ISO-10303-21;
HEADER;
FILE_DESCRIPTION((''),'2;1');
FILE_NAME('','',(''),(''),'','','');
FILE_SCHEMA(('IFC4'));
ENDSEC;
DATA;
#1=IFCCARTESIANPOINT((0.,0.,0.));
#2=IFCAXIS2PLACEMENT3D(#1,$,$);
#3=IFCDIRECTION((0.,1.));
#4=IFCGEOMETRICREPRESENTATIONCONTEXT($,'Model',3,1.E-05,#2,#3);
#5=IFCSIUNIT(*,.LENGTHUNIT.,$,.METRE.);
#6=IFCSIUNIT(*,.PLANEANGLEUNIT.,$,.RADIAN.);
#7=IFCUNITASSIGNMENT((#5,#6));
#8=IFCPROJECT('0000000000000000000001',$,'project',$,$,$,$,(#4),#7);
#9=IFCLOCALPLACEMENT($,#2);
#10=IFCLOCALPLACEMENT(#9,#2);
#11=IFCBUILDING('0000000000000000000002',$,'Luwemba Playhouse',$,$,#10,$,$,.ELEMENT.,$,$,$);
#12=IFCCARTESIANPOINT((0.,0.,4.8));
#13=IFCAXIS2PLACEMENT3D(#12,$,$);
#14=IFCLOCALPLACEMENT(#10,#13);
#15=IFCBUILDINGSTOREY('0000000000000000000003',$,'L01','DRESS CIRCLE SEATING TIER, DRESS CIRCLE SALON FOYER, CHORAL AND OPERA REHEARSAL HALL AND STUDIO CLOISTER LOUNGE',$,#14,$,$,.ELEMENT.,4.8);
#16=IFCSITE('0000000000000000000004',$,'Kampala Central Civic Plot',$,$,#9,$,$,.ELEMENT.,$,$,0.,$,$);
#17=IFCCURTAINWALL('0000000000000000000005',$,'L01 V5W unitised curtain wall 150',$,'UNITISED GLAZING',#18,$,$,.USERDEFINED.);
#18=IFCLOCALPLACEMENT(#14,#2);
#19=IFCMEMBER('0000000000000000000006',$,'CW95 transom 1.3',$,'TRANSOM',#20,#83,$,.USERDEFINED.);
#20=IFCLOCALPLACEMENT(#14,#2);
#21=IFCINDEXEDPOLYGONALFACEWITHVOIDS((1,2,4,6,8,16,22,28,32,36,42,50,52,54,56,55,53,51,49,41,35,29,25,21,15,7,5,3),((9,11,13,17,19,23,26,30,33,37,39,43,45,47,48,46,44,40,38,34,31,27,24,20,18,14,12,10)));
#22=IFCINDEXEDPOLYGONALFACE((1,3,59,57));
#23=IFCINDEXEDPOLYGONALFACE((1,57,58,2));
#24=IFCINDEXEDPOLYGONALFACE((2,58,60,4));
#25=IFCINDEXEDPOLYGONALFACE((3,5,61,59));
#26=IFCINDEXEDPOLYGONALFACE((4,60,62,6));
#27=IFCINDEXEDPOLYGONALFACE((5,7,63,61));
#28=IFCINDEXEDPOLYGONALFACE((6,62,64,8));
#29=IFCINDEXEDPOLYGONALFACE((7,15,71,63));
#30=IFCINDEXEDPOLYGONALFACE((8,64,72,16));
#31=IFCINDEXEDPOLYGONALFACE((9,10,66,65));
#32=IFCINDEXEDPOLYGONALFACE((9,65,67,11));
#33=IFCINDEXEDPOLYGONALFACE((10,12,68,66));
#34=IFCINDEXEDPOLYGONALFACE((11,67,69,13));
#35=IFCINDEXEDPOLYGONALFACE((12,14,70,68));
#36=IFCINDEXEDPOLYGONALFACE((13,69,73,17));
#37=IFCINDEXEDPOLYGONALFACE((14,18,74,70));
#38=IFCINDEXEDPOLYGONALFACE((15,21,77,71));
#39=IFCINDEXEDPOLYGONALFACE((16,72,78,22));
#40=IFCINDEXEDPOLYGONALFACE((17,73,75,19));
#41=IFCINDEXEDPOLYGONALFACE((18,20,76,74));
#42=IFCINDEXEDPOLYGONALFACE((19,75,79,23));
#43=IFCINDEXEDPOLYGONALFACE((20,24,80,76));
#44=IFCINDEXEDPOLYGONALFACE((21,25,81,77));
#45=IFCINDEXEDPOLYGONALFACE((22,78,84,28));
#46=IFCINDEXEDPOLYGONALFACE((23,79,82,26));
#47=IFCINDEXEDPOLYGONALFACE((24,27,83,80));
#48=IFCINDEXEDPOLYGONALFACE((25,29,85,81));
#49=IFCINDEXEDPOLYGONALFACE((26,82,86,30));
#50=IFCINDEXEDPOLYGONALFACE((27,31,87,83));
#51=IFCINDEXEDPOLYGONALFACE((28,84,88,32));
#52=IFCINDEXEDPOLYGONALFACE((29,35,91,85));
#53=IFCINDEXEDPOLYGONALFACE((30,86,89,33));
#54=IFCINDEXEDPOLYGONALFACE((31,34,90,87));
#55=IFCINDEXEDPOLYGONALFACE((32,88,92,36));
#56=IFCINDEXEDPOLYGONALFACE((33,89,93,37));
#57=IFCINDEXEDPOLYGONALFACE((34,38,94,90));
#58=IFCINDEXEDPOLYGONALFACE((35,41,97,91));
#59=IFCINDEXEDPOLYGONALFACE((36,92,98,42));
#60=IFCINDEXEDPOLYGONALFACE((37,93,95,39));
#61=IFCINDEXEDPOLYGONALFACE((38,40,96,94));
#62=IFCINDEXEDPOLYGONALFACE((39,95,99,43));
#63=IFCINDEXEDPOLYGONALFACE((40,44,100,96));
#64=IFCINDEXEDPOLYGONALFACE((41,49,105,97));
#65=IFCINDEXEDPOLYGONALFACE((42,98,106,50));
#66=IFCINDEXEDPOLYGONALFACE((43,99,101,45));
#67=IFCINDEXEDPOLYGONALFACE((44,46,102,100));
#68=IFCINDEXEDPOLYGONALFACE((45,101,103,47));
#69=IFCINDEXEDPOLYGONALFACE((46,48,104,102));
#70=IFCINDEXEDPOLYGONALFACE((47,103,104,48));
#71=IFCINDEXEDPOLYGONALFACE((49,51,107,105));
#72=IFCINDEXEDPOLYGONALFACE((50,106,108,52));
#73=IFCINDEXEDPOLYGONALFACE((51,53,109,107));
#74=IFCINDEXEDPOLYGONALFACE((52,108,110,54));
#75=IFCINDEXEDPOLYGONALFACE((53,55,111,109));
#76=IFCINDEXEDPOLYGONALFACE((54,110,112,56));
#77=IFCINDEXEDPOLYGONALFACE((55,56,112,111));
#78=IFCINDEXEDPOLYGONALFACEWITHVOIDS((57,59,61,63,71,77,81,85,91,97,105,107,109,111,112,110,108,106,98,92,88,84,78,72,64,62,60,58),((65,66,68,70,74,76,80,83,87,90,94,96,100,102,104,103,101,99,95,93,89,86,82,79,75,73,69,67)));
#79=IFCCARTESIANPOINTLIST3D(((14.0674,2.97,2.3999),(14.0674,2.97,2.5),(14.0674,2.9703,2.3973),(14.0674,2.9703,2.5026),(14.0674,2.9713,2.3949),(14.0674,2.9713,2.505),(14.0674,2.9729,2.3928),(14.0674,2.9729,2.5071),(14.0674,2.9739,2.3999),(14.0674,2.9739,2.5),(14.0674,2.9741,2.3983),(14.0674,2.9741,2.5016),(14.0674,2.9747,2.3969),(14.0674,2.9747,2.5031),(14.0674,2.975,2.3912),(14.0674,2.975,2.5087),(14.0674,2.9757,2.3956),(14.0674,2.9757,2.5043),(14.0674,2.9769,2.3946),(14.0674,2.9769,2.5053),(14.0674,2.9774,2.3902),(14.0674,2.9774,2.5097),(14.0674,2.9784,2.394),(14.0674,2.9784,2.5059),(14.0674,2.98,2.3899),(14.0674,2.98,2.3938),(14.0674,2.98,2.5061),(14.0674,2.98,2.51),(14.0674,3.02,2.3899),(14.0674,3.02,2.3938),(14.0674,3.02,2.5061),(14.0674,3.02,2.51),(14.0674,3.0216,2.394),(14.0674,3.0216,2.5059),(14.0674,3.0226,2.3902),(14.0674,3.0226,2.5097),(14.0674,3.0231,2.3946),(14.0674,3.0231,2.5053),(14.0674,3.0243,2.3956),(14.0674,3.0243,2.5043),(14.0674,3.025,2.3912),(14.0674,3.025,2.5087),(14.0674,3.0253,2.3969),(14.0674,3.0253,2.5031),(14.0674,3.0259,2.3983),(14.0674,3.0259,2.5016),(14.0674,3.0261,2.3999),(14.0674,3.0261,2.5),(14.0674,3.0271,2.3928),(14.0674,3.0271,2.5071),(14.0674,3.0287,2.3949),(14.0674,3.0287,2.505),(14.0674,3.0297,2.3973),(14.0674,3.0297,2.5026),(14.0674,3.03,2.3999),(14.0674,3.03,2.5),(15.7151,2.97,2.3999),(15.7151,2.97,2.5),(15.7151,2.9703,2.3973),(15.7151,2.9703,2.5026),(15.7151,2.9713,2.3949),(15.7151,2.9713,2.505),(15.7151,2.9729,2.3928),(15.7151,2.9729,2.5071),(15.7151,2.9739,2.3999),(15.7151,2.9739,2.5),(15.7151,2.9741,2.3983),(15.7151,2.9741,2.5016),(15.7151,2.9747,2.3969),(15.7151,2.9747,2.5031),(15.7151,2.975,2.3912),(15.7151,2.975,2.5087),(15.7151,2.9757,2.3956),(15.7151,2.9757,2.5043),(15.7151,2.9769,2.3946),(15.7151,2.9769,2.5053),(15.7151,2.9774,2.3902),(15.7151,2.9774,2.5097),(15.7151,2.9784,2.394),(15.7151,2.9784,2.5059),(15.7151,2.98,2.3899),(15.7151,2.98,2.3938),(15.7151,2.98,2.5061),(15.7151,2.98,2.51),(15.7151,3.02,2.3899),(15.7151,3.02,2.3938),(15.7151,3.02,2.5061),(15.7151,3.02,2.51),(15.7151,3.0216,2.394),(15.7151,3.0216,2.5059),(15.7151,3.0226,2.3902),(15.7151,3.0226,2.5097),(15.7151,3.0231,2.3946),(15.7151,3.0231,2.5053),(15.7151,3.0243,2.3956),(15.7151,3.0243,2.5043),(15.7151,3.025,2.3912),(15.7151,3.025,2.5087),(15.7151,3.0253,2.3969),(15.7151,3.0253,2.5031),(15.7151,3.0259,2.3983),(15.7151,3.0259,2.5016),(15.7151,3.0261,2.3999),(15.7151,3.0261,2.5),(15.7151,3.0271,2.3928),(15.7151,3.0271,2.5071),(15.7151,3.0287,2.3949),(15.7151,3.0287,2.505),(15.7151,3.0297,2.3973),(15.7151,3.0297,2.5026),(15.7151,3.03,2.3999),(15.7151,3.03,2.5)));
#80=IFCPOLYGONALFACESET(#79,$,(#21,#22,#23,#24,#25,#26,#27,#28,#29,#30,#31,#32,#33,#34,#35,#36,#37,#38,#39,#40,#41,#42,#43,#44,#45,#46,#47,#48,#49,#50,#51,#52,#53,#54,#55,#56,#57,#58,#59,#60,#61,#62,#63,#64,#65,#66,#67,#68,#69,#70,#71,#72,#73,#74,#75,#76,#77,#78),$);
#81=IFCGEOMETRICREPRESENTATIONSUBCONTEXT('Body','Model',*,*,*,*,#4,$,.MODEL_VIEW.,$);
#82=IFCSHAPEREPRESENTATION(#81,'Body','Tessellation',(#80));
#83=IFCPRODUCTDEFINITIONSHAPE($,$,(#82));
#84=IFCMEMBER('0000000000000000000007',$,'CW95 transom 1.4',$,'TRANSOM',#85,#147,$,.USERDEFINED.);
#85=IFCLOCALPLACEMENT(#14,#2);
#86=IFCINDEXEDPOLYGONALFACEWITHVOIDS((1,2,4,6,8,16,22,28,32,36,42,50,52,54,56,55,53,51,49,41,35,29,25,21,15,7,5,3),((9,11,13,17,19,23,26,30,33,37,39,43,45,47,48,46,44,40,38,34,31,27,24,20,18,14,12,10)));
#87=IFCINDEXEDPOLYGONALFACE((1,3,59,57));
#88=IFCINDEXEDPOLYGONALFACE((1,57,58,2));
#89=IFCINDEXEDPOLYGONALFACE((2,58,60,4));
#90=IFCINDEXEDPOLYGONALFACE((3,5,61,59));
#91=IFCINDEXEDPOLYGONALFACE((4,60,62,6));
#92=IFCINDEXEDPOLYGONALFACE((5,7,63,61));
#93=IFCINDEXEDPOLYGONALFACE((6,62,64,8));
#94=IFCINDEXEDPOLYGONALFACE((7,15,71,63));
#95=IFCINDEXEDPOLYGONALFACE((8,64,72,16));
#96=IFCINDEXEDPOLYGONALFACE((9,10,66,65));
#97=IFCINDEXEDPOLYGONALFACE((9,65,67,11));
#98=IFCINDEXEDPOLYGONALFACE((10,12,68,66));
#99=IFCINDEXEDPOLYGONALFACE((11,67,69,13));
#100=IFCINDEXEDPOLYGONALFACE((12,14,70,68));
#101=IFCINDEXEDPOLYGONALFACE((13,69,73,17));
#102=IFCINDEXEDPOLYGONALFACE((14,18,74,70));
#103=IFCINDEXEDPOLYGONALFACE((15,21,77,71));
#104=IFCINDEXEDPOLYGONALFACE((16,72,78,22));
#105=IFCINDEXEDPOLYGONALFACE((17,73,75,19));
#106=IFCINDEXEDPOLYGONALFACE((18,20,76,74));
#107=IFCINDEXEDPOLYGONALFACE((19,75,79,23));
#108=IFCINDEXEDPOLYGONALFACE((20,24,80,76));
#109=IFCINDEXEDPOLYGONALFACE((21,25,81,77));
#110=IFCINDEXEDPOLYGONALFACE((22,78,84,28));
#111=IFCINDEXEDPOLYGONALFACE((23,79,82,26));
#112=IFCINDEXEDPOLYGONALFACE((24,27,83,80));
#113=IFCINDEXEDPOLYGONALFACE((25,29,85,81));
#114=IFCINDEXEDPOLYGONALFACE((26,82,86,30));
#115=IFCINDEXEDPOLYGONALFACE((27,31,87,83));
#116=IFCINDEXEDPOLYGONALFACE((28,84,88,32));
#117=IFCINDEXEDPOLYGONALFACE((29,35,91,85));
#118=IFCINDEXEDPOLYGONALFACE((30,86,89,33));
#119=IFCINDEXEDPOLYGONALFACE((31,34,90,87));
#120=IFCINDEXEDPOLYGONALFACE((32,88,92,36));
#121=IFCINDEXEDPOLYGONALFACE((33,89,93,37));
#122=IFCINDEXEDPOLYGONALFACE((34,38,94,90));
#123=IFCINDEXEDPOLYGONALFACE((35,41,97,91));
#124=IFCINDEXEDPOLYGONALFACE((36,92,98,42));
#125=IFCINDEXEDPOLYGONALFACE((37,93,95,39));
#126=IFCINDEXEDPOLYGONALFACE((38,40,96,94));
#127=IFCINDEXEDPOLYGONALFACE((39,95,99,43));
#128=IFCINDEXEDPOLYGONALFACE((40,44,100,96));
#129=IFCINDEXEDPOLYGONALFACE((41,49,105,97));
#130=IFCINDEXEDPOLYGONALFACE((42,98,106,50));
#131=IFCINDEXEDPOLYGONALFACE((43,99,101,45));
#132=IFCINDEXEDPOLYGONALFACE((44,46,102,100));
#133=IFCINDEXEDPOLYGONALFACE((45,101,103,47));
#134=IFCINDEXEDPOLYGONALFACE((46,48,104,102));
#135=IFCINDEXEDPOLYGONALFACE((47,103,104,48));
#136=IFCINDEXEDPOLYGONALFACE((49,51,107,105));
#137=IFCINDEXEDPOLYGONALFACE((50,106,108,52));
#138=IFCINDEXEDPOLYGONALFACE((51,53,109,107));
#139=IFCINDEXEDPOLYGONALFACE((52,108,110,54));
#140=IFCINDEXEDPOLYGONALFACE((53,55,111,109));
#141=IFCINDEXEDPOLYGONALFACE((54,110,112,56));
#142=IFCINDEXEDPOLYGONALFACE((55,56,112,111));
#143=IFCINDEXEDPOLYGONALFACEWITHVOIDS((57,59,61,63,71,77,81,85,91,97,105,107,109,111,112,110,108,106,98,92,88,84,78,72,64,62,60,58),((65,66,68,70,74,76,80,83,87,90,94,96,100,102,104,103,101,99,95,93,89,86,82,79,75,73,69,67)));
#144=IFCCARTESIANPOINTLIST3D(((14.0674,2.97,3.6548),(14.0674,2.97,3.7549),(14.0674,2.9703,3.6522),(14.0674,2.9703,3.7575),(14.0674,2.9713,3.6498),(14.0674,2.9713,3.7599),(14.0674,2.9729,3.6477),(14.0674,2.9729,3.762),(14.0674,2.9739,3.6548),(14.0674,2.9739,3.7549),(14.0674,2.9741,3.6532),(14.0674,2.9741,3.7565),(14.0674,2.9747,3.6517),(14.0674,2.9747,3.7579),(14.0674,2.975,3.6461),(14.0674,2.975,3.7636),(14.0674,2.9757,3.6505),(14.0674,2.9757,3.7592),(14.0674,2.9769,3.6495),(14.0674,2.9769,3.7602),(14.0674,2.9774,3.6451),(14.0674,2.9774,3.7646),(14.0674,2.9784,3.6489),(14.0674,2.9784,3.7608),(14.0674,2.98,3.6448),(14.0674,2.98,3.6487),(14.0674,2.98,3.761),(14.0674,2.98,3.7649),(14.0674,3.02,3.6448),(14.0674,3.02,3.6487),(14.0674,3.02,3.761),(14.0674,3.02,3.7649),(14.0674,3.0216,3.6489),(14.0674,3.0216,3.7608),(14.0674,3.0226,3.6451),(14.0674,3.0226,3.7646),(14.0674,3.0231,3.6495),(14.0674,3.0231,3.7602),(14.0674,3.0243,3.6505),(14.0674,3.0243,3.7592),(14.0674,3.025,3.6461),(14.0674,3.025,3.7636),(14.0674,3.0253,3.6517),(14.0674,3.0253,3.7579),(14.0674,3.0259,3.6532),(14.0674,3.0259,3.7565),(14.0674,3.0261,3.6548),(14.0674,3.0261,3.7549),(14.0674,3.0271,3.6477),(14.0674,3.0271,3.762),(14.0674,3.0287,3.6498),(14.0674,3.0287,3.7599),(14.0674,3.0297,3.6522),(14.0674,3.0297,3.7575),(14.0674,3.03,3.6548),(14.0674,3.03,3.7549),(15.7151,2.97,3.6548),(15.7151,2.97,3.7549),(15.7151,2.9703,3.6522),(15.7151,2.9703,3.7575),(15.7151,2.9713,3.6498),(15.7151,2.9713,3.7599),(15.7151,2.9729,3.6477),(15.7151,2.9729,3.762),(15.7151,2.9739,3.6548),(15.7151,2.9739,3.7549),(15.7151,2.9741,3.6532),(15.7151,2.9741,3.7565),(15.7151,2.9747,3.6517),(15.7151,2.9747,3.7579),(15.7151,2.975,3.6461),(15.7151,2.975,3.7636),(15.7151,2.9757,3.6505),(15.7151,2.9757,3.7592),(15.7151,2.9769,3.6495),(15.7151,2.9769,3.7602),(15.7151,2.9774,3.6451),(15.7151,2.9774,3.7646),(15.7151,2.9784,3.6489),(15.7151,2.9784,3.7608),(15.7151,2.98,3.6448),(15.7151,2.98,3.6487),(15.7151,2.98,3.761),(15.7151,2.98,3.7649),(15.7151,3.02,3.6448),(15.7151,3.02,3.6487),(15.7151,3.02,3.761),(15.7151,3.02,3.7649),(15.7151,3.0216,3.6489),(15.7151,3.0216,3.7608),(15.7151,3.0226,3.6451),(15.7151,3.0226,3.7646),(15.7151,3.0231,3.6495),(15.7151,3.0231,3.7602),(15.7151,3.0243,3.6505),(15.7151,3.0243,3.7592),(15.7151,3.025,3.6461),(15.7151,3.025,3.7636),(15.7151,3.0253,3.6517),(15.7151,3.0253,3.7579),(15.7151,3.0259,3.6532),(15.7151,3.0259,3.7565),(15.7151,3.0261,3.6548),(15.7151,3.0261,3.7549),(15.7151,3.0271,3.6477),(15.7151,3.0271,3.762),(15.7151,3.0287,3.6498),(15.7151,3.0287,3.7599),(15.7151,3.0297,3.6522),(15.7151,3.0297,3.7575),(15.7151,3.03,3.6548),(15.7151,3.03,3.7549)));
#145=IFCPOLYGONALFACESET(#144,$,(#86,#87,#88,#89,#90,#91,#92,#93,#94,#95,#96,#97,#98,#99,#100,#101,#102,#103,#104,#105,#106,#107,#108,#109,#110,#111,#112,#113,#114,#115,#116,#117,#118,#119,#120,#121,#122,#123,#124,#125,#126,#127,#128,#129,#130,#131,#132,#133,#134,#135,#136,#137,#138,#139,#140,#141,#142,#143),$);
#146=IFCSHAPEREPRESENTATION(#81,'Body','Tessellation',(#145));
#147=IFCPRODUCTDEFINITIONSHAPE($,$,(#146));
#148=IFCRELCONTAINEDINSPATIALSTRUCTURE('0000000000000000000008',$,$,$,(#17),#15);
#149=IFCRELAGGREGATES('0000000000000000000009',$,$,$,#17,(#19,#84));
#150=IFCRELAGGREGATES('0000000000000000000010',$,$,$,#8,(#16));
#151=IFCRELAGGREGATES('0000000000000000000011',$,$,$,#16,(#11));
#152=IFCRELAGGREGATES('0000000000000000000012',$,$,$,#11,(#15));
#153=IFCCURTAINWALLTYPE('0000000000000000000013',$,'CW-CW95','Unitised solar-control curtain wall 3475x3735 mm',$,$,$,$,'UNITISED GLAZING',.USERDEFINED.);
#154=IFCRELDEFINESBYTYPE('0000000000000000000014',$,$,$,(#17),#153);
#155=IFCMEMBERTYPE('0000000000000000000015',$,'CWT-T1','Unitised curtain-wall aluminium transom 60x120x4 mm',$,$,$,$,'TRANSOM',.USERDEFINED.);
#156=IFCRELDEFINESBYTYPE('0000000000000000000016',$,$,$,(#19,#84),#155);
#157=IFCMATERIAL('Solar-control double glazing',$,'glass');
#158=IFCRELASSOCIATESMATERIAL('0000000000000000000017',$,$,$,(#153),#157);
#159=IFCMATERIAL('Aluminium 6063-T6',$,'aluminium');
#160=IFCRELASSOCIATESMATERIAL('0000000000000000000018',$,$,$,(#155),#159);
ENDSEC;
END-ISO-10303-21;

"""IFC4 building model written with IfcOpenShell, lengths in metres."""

from ifc_helpers import new_model, si_unit, direction, frame, origin, origin_2d, place, context, subcontext, project, spatial, hollow_rectangle, extrude, material, material_profile, profile_set, type_object, element, aggregate, save


model = new_model("IFC4")

# Units and contexts
model_context = context("Model", 3, precision=1e-05, world=origin(), true_north=direction((0.0, 1.0)))
body_context = subcontext(model_context, "Body", "Model", "MODEL_VIEW")
ifc_project = project(units=[si_unit("LENGTHUNIT", "METRE"), si_unit("PLANEANGLEUNIT", "RADIAN")], contexts=[model_context])

# Site, building, storey
site_placement = place(None, origin())
site = spatial("IfcSite", under=ifc_project, at=site_placement, Name="Kampala Central Civic Plot", CompositionType="ELEMENT", RefElevation=0.0)
building_placement = place(site_placement, origin())
building = spatial("IfcBuilding", under=site, at=building_placement, Name="Luwemba Playhouse", CompositionType="ELEMENT")
storey_placement = place(building_placement, frame((0.0, 0.0, 4.8)))
storey = spatial("IfcBuildingStorey", under=building, at=storey_placement, Name="L01", Description="DRESS CIRCLE SEATING TIER, DRESS CIRCLE SALON FOYER, CHORAL AND OPERA REHEARSAL HALL AND STUDIO CLOISTER LOUNGE", CompositionType="ELEMENT", Elevation=4.8)

# Curtain wall
ifc_material_1 = material(Name="Solar-control double glazing", Category="glass")
curtain_wall_type_1 = type_object("IfcCurtainWallType", Name="CW-CW95", Description="Unitised solar-control curtain wall 3475x3735 mm", ElementType="UNITISED GLAZING", PredefinedType="USERDEFINED", material=ifc_material_1)
curtain_wall_1_placement = place(storey_placement, origin())
curtain_wall_1 = element("IfcCurtainWall", 1, at=curtain_wall_1_placement, inside=storey, type_object=curtain_wall_type_1, Name="L01 V5W unitised curtain wall 150", ObjectType="UNITISED GLAZING", PredefinedType="USERDEFINED")
ifc_material_2 = material(Name="Aluminium 6063-T6", Category="aluminium")

# Members
ifc_material_profile_1 = material_profile(ifc_material_2, hollow_rectangle(XDim=0.0601, YDim=0.1201, WallThickness=0.0039, InnerFilletRadius=0.0061, OuterFilletRadius=0.01, at=origin_2d()))
ifc_profile_set_1 = profile_set([ifc_material_profile_1], Name="Aluminium 6063-T6")
member_type_1 = type_object("IfcMemberType", Name="CWT-T1", Description="Unitised curtain-wall aluminium transom 60x120x4 mm", ElementType="TRANSOM", PredefinedType="USERDEFINED", material=ifc_profile_set_1)
member_1_placement = place(storey_placement, frame((15.7151, 3.0, 2.45), z_axis=(-1.0, 0.0, 0.0), x_axis=(0.0, -1.0, 0.0)))
member_1 = element("IfcMember", 2, at=member_1_placement, type_object=member_type_1, Name="CW95 transom 1.3", ObjectType="TRANSOM", PredefinedType="USERDEFINED", context=body_context, shape_type="SweptSolid", body=[
    extrude(hollow_rectangle(XDim=0.0601, YDim=0.1201, WallThickness=0.0039, InnerFilletRadius=0.0061, OuterFilletRadius=0.01, at=origin_2d()), origin(), (0.0, 0.0, 1.0), 1.6477),
])
member_2_placement = place(storey_placement, frame((15.7151, 3.0, 3.7048), z_axis=(-1.0, 0.0, 0.0), x_axis=(0.0, -1.0, 0.0)))
member_2 = element("IfcMember", 3, at=member_2_placement, type_object=member_type_1, Name="CW95 transom 1.4", ObjectType="TRANSOM", PredefinedType="USERDEFINED", context=body_context, shape_type="SweptSolid", body=[
    extrude(hollow_rectangle(XDim=0.0601, YDim=0.1201, WallThickness=0.0039, InnerFilletRadius=0.0061, OuterFilletRadius=0.01, at=origin_2d()), origin(), (0.0, 0.0, 1.0), 1.6477),
])

aggregate(curtain_wall_1, [member_1, member_2])

save(model, "model.ifc")
